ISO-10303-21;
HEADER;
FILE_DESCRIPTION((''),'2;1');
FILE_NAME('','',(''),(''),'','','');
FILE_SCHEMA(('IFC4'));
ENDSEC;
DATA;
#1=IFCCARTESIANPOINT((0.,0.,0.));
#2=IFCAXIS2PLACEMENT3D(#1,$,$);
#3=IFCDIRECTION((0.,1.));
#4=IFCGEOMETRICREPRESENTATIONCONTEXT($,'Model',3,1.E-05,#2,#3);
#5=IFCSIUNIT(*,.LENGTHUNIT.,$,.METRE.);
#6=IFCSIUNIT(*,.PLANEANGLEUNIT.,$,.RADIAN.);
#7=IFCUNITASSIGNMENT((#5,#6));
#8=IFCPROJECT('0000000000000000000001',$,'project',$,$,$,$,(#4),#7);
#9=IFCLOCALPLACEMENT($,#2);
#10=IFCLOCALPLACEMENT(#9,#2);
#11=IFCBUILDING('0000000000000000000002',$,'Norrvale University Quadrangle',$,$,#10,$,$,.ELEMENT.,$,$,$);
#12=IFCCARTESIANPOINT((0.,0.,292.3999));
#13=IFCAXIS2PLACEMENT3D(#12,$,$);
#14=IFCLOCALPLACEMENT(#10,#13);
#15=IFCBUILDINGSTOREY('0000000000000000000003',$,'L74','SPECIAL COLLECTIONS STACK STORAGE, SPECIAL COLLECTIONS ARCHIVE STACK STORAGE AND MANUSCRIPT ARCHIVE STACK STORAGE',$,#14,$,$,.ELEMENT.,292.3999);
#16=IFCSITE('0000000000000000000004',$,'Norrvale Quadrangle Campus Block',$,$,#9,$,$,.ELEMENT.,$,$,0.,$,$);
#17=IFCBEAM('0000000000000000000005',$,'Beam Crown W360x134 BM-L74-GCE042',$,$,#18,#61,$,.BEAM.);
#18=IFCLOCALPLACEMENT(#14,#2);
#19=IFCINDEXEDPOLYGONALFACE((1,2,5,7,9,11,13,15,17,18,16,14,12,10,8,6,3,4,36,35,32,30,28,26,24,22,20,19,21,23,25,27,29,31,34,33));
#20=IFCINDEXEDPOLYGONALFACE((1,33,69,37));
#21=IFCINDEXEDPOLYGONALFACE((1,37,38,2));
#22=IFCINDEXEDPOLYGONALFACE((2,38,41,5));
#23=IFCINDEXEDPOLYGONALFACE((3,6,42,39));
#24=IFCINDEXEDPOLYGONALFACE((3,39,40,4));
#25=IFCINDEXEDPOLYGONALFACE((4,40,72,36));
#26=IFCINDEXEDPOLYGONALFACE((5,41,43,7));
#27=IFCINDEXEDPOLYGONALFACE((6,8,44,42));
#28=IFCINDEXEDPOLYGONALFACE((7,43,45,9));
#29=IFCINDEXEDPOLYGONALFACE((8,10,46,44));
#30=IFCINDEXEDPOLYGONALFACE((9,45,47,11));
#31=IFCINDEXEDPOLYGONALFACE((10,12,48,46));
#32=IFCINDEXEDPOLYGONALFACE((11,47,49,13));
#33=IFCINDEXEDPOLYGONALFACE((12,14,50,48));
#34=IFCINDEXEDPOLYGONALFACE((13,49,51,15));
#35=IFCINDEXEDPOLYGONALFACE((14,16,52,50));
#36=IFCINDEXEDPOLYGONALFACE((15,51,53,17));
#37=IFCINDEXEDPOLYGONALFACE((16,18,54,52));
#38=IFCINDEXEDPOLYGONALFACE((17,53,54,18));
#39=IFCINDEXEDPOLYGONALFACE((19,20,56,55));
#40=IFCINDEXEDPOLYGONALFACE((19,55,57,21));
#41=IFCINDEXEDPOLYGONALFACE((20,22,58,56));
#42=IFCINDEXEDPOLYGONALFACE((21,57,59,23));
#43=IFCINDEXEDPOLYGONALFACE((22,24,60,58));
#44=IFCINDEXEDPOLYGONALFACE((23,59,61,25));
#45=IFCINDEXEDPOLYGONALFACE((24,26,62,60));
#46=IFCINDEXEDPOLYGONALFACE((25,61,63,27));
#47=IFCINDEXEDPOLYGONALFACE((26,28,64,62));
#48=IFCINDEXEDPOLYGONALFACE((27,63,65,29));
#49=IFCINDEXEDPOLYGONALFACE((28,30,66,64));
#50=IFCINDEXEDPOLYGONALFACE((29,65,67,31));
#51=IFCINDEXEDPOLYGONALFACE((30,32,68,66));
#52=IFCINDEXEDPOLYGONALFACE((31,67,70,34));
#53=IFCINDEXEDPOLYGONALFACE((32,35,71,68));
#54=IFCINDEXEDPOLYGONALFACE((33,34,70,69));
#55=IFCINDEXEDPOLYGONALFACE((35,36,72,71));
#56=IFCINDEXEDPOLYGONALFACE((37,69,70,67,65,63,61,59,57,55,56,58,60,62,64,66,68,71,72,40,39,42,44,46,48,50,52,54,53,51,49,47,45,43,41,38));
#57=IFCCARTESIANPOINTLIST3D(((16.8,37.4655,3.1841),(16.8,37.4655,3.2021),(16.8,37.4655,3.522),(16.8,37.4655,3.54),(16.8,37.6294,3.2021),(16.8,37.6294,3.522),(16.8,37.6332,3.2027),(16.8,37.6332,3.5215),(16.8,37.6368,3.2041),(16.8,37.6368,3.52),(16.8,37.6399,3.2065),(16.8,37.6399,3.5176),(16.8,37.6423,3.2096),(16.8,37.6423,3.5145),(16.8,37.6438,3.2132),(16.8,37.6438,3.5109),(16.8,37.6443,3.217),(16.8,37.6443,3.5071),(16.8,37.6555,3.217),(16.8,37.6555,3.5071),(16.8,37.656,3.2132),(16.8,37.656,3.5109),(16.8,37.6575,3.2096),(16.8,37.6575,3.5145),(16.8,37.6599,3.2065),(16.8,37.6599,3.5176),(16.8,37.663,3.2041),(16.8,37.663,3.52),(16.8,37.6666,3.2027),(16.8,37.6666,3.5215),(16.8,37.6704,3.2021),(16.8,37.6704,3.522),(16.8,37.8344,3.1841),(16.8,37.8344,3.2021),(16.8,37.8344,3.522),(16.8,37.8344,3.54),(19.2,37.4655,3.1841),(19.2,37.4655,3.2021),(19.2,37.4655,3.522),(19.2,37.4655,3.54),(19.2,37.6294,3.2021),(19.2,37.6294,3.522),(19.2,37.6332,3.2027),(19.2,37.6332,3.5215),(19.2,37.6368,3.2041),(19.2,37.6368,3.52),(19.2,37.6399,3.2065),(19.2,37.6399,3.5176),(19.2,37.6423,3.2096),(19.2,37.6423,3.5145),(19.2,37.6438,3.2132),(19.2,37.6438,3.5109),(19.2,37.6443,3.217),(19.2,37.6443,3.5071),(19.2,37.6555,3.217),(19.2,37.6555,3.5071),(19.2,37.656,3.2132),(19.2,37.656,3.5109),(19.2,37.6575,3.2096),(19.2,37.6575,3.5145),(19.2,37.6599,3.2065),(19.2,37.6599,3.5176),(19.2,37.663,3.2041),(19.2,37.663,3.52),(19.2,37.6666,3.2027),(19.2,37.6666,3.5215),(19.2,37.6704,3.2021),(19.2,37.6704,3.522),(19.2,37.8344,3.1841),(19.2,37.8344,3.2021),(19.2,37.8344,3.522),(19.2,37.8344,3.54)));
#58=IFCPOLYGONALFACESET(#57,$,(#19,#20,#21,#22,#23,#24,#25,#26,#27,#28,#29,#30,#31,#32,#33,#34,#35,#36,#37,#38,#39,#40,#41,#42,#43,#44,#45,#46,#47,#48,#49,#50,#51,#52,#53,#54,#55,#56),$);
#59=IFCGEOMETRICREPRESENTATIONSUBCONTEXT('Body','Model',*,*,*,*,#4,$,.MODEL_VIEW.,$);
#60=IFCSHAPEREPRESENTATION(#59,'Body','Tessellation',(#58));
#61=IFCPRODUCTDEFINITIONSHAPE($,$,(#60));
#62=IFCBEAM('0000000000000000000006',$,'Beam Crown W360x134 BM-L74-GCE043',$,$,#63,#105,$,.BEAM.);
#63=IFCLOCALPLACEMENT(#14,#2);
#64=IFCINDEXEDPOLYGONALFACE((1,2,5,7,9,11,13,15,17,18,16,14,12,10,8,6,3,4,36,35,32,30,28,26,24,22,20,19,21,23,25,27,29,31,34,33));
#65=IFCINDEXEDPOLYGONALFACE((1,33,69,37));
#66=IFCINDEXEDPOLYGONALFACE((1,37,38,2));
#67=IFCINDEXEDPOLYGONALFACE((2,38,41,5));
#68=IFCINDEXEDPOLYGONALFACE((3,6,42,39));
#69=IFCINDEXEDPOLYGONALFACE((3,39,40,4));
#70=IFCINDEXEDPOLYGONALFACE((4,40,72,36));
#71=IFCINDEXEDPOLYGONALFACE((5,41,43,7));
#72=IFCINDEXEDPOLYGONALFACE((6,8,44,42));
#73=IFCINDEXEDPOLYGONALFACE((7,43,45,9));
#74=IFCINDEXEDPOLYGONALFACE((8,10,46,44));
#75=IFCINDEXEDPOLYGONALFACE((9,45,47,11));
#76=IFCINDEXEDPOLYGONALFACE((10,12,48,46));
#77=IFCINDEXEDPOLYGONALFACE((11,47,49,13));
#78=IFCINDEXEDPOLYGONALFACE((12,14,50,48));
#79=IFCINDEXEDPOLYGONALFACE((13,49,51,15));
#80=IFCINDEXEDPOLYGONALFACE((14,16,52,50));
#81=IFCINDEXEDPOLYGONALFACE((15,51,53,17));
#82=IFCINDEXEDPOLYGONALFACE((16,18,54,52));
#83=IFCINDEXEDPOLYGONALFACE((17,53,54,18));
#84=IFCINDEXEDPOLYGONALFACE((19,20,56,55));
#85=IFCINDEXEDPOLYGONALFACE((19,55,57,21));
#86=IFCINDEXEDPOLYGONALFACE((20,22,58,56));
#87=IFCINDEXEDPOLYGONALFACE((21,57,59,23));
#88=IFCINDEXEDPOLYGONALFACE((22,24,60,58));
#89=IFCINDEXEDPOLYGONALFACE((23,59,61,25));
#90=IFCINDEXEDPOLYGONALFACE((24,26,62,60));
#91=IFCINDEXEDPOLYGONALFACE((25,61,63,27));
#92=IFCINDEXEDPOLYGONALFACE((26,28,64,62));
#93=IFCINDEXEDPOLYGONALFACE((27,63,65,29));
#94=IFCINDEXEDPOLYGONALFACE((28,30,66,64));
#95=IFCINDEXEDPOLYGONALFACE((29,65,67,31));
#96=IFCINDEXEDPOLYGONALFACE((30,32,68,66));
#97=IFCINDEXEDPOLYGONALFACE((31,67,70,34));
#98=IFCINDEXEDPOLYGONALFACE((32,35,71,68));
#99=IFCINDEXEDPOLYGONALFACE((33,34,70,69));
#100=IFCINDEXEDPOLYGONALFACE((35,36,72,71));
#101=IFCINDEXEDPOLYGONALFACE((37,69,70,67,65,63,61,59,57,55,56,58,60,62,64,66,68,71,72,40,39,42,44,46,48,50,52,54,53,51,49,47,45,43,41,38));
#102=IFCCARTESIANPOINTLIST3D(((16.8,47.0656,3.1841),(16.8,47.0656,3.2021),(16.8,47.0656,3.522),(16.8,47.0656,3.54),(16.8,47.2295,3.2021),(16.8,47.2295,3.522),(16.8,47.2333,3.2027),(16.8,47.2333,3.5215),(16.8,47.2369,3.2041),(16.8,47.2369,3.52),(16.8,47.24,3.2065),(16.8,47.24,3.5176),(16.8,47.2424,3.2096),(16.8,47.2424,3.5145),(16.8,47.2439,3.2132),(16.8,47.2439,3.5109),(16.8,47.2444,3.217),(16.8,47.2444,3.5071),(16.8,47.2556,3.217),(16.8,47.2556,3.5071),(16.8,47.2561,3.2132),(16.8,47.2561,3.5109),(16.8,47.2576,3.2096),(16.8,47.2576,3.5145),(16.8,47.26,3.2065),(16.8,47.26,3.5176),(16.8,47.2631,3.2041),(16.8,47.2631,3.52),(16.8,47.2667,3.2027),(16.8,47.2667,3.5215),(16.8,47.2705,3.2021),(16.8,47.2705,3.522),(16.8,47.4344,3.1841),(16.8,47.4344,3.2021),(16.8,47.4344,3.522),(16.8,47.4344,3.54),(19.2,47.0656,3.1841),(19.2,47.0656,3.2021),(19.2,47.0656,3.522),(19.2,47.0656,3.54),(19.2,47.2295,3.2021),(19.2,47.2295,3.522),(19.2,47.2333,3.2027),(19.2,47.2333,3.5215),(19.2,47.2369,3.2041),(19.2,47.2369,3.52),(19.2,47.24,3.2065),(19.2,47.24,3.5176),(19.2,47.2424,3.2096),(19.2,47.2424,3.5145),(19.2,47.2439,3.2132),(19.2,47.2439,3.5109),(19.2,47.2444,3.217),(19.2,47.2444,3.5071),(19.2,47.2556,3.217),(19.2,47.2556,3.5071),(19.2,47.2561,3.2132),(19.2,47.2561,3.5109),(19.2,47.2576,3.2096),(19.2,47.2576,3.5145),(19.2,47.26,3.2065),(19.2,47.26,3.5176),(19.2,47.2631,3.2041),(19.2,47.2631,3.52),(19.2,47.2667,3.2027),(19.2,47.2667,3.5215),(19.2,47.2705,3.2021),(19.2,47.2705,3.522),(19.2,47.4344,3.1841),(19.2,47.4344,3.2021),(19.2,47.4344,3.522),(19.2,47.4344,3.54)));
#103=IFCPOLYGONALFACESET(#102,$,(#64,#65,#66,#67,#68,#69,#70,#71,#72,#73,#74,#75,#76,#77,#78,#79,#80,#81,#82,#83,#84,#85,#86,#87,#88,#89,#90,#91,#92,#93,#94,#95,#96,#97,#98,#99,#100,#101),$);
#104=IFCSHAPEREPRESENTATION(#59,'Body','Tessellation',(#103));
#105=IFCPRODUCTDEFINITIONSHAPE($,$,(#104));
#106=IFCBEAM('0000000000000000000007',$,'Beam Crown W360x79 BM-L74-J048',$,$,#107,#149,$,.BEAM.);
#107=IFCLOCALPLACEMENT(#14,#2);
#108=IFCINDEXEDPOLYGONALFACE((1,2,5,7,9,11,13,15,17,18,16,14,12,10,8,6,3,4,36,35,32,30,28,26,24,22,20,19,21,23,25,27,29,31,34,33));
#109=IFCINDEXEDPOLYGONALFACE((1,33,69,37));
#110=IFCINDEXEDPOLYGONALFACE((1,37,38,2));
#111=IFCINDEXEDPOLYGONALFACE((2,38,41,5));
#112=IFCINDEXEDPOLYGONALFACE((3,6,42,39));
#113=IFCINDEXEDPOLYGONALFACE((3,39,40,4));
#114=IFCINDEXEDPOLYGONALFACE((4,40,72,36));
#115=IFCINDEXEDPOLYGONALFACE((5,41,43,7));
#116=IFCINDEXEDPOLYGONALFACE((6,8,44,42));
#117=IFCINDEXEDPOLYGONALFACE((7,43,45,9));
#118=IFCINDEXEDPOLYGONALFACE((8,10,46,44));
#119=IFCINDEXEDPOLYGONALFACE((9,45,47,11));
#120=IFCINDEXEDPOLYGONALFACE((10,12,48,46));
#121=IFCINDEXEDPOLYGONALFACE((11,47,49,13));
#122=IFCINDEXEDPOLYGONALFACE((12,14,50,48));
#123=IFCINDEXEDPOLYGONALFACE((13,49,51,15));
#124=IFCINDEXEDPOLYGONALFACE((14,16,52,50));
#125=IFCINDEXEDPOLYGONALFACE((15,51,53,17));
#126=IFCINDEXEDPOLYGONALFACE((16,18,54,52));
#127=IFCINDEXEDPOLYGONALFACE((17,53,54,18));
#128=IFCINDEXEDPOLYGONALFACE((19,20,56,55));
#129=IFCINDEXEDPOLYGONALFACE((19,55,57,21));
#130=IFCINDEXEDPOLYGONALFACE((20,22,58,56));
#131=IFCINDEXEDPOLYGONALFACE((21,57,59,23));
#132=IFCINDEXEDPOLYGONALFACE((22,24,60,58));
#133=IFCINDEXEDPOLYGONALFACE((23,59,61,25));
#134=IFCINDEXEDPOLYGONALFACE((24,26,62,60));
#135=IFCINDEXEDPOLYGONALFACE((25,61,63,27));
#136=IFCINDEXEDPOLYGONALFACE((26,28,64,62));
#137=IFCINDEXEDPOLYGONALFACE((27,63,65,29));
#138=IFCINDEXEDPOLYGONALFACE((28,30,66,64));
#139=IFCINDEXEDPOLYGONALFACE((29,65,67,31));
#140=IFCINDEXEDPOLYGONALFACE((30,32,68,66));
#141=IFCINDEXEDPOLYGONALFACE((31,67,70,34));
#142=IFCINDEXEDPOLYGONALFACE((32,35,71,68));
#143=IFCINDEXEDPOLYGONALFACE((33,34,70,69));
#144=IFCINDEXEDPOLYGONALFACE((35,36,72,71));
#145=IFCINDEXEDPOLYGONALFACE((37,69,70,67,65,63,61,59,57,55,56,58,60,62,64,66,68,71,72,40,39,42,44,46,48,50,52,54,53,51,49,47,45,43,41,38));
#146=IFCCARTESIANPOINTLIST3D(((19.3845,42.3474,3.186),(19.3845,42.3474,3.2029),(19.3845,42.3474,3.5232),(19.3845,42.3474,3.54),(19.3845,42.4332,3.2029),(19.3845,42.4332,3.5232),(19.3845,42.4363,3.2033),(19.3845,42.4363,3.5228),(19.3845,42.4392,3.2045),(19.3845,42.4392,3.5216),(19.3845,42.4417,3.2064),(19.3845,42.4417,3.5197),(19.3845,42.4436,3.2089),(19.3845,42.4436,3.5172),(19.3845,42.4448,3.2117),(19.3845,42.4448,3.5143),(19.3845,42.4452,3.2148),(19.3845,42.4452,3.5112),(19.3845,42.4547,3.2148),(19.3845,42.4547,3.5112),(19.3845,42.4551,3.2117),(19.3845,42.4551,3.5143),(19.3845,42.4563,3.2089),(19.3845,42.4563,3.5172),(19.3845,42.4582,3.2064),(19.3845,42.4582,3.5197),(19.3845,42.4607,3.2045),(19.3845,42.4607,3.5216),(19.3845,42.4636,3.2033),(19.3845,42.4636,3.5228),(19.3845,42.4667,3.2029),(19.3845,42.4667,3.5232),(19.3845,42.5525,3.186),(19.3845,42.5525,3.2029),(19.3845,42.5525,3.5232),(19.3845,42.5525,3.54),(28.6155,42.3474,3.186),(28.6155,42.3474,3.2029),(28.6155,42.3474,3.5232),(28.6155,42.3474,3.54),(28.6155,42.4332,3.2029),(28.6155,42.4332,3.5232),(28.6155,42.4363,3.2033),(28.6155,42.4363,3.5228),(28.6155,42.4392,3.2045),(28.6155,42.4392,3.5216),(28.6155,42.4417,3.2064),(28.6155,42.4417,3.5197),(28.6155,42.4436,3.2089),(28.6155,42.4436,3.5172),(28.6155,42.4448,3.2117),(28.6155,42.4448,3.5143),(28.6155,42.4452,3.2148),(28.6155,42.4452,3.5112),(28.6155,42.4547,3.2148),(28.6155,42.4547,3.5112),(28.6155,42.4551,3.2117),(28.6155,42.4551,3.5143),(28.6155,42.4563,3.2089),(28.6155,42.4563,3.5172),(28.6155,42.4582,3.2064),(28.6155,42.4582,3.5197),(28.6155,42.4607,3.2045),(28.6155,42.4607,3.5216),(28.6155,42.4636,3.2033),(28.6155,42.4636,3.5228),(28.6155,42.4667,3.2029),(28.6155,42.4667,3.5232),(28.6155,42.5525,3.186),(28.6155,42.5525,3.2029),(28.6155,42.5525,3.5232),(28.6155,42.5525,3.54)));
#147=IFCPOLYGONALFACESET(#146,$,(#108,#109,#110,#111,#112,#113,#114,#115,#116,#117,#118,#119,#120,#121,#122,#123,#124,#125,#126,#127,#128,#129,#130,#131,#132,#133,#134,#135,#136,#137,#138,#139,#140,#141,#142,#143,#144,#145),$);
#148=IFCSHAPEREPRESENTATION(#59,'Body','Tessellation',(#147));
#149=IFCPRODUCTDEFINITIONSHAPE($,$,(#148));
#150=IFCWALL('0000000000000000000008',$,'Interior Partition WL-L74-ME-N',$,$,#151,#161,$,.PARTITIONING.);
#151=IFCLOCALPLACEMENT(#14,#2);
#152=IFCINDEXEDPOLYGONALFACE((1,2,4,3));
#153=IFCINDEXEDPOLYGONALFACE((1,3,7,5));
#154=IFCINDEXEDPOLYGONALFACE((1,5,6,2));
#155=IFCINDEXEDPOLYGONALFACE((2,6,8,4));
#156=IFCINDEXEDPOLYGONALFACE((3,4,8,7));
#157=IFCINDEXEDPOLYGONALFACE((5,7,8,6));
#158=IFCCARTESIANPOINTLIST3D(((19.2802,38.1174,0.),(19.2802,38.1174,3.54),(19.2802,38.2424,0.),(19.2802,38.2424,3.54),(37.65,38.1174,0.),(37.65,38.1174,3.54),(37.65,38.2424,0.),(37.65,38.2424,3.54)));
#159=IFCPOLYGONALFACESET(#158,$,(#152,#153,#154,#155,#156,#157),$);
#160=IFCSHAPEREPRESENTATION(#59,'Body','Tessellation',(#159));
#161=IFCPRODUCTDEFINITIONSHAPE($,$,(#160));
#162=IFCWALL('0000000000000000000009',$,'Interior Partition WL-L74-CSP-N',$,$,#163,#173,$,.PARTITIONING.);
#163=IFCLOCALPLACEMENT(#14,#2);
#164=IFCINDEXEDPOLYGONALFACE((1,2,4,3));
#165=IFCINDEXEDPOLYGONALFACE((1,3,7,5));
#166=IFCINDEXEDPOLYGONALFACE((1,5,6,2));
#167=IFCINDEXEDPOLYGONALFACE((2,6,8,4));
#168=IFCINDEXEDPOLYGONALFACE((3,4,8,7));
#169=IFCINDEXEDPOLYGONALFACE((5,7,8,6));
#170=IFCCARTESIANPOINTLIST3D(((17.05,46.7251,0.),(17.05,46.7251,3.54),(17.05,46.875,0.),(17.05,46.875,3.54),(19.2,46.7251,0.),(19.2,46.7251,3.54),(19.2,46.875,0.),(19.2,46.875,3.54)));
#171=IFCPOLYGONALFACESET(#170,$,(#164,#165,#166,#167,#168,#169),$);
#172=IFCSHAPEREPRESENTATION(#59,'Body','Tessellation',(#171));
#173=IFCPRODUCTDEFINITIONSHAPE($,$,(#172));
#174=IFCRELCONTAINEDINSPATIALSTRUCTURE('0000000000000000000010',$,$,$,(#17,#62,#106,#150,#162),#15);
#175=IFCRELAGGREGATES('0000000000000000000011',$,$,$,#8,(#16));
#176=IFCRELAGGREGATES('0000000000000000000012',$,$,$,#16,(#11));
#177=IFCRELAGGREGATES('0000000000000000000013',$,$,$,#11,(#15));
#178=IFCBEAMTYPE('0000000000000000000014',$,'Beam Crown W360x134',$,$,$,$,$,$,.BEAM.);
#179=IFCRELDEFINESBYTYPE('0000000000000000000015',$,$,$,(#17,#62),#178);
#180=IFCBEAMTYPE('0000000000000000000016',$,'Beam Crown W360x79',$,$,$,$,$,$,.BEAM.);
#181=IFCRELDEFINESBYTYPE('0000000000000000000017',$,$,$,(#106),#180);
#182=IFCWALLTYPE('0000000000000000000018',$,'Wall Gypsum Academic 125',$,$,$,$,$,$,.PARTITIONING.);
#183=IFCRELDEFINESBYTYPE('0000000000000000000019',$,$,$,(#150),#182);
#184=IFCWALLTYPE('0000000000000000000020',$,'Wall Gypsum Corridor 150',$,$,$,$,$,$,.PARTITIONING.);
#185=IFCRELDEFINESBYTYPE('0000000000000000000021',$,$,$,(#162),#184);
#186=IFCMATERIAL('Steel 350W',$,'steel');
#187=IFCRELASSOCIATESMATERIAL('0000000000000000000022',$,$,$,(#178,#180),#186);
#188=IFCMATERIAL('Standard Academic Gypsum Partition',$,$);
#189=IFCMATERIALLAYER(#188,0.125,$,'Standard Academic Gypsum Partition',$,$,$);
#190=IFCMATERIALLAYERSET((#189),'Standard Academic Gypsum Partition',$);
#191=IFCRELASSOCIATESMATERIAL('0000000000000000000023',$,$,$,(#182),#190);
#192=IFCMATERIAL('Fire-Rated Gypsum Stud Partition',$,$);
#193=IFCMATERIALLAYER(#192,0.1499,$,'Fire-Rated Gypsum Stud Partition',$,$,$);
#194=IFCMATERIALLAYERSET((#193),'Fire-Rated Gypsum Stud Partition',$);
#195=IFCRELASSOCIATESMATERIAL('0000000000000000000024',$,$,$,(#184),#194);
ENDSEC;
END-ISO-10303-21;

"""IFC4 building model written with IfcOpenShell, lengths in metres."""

from ifc_helpers import new_model, si_unit, direction, frame, frame_2d, origin, origin_2d, place, context, subcontext, project, spatial, rectangle, i_section, extrude, material, layer, layer_set, material_profile, profile_set, type_object, element, save


model = new_model("IFC4")

# Units and contexts
model_context = context("Model", 3, precision=1e-05, world=origin(), true_north=direction((0.0, 1.0)))
body_context = subcontext(model_context, "Body", "Model", "MODEL_VIEW")
ifc_project = project(units=[si_unit("LENGTHUNIT", "METRE"), si_unit("PLANEANGLEUNIT", "RADIAN")], contexts=[model_context])

# Site, building, storey
site_placement = place(None, origin())
site = spatial("IfcSite", under=ifc_project, at=site_placement, Name="Norrvale Quadrangle Campus Block", CompositionType="ELEMENT", RefElevation=0.0)
building_placement = place(site_placement, origin())
building = spatial("IfcBuilding", under=site, at=building_placement, Name="Norrvale University Quadrangle", CompositionType="ELEMENT")
storey_placement = place(building_placement, frame((0.0, 0.0, 292.3999)))
storey = spatial("IfcBuildingStorey", under=building, at=storey_placement, Name="L74", Description="SPECIAL COLLECTIONS STACK STORAGE, SPECIAL COLLECTIONS ARCHIVE STACK STORAGE AND MANUSCRIPT ARCHIVE STACK STORAGE", CompositionType="ELEMENT", Elevation=292.3999)

# Beams
ifc_material_1 = material(Name="Steel 350W", Category="steel")
ifc_material_profile_1 = material_profile(ifc_material_1, i_section(OverallWidth=0.3689, OverallDepth=0.356, WebThickness=0.0112, FlangeThickness=0.0181, FilletRadius=0.0149, at=origin_2d()), Name="Steel 350W")
ifc_profile_set_1 = profile_set([ifc_material_profile_1], Name="Steel 350W")
beam_type_1 = type_object("IfcBeamType", Name="Beam Crown W360x134", PredefinedType="BEAM", material=ifc_profile_set_1)
for number, where, z_axis, x_axis, name in (
    (1, (16.8, 37.6499, 3.3621), (1.0, 0.0, 0.0), (0.0, 1.0, 0.0), "Beam Crown W360x134 BM-L74-GCE042"),
    (2, (16.8, 47.25, 3.3621), (1.0, 0.0, 0.0), (0.0, 1.0, 0.0), "Beam Crown W360x134 BM-L74-GCE043"),
):
    element("IfcBeam", number, at=place(storey_placement, frame(where, z_axis=z_axis, x_axis=x_axis)), inside=storey, type_object=beam_type_1, Name=name, PredefinedType="BEAM", context=body_context, shape_type="SweptSolid", body=[
        extrude(i_section(OverallWidth=0.3689, OverallDepth=0.356, WebThickness=0.0112, FlangeThickness=0.0181, FilletRadius=0.0149, at=origin_2d()), origin(), (0.0, 0.0, 1.0), 2.3999),
    ])
ifc_material_profile_2 = material_profile(ifc_material_1, i_section(OverallWidth=0.2051, OverallDepth=0.354, WebThickness=0.0095, FlangeThickness=0.0168, FilletRadius=0.012, at=origin_2d()), Name="Steel 350W")
ifc_profile_set_2 = profile_set([ifc_material_profile_2], Name="Steel 350W")
beam_type_2 = type_object("IfcBeamType", Name="Beam Crown W360x79", PredefinedType="BEAM", material=ifc_profile_set_2)
beam_1_placement = place(storey_placement, frame((19.3845, 42.45, 3.363), z_axis=(1.0, 0.0, 0.0), x_axis=(0.0, 1.0, 0.0)))
element("IfcBeam", 3, at=beam_1_placement, inside=storey, type_object=beam_type_2, Name="Beam Crown W360x79 BM-L74-J048", PredefinedType="BEAM", context=body_context, shape_type="SweptSolid", body=[
    extrude(i_section(OverallWidth=0.2051, OverallDepth=0.354, WebThickness=0.0095, FlangeThickness=0.0168, FilletRadius=0.012, at=origin_2d()), origin(), (0.0, 0.0, 1.0), 9.231),
])

# Walls
ifc_material_2 = material(Name="Standard Academic Gypsum Partition")
ifc_layer_1 = layer(ifc_material_2, 0.125, Name="Standard Academic Gypsum Partition")
ifc_layer_set_1 = layer_set([ifc_layer_1], Name="Standard Academic Gypsum Partition")
wall_type_1 = type_object("IfcWallType", Name="Wall Gypsum Academic 125", PredefinedType="PARTITIONING", material=ifc_layer_set_1)
wall_1_placement = place(storey_placement, frame((19.28, 38.1799, 0.0), z_axis=(0.0, 0.0, 1.0), x_axis=(1.0, 0.0, 0.0)))
element("IfcWall", 4, at=wall_1_placement, inside=storey, type_object=wall_type_1, Name="Interior Partition WL-L74-ME-N", PredefinedType="PARTITIONING", context=body_context, shape_type="SweptSolid", body=[
    extrude(rectangle(XDim=18.3699, YDim=0.125, at=frame_2d((9.1851, 0.0))), origin(), (0.0, 0.0, 1.0), 3.54),
])
ifc_material_3 = material(Name="Fire-Rated Gypsum Stud Partition")
ifc_layer_2 = layer(ifc_material_3, 0.1499, Name="Fire-Rated Gypsum Stud Partition")
ifc_layer_set_2 = layer_set([ifc_layer_2], Name="Fire-Rated Gypsum Stud Partition")
wall_type_2 = type_object("IfcWallType", Name="Wall Gypsum Corridor 150", PredefinedType="PARTITIONING", material=ifc_layer_set_2)
wall_2_placement = place(storey_placement, frame((17.05, 46.8, 0.0), z_axis=(0.0, 0.0, 1.0), x_axis=(1.0, 0.0, 0.0)))
element("IfcWall", 5, at=wall_2_placement, inside=storey, type_object=wall_type_2, Name="Interior Partition WL-L74-CSP-N", PredefinedType="PARTITIONING", context=body_context, shape_type="SweptSolid", body=[
    extrude(rectangle(XDim=2.1499, YDim=0.1499, at=frame_2d((1.075, 0.0))), origin(), (0.0, 0.0, 1.0), 3.54),
])

save(model, "model.ifc")
